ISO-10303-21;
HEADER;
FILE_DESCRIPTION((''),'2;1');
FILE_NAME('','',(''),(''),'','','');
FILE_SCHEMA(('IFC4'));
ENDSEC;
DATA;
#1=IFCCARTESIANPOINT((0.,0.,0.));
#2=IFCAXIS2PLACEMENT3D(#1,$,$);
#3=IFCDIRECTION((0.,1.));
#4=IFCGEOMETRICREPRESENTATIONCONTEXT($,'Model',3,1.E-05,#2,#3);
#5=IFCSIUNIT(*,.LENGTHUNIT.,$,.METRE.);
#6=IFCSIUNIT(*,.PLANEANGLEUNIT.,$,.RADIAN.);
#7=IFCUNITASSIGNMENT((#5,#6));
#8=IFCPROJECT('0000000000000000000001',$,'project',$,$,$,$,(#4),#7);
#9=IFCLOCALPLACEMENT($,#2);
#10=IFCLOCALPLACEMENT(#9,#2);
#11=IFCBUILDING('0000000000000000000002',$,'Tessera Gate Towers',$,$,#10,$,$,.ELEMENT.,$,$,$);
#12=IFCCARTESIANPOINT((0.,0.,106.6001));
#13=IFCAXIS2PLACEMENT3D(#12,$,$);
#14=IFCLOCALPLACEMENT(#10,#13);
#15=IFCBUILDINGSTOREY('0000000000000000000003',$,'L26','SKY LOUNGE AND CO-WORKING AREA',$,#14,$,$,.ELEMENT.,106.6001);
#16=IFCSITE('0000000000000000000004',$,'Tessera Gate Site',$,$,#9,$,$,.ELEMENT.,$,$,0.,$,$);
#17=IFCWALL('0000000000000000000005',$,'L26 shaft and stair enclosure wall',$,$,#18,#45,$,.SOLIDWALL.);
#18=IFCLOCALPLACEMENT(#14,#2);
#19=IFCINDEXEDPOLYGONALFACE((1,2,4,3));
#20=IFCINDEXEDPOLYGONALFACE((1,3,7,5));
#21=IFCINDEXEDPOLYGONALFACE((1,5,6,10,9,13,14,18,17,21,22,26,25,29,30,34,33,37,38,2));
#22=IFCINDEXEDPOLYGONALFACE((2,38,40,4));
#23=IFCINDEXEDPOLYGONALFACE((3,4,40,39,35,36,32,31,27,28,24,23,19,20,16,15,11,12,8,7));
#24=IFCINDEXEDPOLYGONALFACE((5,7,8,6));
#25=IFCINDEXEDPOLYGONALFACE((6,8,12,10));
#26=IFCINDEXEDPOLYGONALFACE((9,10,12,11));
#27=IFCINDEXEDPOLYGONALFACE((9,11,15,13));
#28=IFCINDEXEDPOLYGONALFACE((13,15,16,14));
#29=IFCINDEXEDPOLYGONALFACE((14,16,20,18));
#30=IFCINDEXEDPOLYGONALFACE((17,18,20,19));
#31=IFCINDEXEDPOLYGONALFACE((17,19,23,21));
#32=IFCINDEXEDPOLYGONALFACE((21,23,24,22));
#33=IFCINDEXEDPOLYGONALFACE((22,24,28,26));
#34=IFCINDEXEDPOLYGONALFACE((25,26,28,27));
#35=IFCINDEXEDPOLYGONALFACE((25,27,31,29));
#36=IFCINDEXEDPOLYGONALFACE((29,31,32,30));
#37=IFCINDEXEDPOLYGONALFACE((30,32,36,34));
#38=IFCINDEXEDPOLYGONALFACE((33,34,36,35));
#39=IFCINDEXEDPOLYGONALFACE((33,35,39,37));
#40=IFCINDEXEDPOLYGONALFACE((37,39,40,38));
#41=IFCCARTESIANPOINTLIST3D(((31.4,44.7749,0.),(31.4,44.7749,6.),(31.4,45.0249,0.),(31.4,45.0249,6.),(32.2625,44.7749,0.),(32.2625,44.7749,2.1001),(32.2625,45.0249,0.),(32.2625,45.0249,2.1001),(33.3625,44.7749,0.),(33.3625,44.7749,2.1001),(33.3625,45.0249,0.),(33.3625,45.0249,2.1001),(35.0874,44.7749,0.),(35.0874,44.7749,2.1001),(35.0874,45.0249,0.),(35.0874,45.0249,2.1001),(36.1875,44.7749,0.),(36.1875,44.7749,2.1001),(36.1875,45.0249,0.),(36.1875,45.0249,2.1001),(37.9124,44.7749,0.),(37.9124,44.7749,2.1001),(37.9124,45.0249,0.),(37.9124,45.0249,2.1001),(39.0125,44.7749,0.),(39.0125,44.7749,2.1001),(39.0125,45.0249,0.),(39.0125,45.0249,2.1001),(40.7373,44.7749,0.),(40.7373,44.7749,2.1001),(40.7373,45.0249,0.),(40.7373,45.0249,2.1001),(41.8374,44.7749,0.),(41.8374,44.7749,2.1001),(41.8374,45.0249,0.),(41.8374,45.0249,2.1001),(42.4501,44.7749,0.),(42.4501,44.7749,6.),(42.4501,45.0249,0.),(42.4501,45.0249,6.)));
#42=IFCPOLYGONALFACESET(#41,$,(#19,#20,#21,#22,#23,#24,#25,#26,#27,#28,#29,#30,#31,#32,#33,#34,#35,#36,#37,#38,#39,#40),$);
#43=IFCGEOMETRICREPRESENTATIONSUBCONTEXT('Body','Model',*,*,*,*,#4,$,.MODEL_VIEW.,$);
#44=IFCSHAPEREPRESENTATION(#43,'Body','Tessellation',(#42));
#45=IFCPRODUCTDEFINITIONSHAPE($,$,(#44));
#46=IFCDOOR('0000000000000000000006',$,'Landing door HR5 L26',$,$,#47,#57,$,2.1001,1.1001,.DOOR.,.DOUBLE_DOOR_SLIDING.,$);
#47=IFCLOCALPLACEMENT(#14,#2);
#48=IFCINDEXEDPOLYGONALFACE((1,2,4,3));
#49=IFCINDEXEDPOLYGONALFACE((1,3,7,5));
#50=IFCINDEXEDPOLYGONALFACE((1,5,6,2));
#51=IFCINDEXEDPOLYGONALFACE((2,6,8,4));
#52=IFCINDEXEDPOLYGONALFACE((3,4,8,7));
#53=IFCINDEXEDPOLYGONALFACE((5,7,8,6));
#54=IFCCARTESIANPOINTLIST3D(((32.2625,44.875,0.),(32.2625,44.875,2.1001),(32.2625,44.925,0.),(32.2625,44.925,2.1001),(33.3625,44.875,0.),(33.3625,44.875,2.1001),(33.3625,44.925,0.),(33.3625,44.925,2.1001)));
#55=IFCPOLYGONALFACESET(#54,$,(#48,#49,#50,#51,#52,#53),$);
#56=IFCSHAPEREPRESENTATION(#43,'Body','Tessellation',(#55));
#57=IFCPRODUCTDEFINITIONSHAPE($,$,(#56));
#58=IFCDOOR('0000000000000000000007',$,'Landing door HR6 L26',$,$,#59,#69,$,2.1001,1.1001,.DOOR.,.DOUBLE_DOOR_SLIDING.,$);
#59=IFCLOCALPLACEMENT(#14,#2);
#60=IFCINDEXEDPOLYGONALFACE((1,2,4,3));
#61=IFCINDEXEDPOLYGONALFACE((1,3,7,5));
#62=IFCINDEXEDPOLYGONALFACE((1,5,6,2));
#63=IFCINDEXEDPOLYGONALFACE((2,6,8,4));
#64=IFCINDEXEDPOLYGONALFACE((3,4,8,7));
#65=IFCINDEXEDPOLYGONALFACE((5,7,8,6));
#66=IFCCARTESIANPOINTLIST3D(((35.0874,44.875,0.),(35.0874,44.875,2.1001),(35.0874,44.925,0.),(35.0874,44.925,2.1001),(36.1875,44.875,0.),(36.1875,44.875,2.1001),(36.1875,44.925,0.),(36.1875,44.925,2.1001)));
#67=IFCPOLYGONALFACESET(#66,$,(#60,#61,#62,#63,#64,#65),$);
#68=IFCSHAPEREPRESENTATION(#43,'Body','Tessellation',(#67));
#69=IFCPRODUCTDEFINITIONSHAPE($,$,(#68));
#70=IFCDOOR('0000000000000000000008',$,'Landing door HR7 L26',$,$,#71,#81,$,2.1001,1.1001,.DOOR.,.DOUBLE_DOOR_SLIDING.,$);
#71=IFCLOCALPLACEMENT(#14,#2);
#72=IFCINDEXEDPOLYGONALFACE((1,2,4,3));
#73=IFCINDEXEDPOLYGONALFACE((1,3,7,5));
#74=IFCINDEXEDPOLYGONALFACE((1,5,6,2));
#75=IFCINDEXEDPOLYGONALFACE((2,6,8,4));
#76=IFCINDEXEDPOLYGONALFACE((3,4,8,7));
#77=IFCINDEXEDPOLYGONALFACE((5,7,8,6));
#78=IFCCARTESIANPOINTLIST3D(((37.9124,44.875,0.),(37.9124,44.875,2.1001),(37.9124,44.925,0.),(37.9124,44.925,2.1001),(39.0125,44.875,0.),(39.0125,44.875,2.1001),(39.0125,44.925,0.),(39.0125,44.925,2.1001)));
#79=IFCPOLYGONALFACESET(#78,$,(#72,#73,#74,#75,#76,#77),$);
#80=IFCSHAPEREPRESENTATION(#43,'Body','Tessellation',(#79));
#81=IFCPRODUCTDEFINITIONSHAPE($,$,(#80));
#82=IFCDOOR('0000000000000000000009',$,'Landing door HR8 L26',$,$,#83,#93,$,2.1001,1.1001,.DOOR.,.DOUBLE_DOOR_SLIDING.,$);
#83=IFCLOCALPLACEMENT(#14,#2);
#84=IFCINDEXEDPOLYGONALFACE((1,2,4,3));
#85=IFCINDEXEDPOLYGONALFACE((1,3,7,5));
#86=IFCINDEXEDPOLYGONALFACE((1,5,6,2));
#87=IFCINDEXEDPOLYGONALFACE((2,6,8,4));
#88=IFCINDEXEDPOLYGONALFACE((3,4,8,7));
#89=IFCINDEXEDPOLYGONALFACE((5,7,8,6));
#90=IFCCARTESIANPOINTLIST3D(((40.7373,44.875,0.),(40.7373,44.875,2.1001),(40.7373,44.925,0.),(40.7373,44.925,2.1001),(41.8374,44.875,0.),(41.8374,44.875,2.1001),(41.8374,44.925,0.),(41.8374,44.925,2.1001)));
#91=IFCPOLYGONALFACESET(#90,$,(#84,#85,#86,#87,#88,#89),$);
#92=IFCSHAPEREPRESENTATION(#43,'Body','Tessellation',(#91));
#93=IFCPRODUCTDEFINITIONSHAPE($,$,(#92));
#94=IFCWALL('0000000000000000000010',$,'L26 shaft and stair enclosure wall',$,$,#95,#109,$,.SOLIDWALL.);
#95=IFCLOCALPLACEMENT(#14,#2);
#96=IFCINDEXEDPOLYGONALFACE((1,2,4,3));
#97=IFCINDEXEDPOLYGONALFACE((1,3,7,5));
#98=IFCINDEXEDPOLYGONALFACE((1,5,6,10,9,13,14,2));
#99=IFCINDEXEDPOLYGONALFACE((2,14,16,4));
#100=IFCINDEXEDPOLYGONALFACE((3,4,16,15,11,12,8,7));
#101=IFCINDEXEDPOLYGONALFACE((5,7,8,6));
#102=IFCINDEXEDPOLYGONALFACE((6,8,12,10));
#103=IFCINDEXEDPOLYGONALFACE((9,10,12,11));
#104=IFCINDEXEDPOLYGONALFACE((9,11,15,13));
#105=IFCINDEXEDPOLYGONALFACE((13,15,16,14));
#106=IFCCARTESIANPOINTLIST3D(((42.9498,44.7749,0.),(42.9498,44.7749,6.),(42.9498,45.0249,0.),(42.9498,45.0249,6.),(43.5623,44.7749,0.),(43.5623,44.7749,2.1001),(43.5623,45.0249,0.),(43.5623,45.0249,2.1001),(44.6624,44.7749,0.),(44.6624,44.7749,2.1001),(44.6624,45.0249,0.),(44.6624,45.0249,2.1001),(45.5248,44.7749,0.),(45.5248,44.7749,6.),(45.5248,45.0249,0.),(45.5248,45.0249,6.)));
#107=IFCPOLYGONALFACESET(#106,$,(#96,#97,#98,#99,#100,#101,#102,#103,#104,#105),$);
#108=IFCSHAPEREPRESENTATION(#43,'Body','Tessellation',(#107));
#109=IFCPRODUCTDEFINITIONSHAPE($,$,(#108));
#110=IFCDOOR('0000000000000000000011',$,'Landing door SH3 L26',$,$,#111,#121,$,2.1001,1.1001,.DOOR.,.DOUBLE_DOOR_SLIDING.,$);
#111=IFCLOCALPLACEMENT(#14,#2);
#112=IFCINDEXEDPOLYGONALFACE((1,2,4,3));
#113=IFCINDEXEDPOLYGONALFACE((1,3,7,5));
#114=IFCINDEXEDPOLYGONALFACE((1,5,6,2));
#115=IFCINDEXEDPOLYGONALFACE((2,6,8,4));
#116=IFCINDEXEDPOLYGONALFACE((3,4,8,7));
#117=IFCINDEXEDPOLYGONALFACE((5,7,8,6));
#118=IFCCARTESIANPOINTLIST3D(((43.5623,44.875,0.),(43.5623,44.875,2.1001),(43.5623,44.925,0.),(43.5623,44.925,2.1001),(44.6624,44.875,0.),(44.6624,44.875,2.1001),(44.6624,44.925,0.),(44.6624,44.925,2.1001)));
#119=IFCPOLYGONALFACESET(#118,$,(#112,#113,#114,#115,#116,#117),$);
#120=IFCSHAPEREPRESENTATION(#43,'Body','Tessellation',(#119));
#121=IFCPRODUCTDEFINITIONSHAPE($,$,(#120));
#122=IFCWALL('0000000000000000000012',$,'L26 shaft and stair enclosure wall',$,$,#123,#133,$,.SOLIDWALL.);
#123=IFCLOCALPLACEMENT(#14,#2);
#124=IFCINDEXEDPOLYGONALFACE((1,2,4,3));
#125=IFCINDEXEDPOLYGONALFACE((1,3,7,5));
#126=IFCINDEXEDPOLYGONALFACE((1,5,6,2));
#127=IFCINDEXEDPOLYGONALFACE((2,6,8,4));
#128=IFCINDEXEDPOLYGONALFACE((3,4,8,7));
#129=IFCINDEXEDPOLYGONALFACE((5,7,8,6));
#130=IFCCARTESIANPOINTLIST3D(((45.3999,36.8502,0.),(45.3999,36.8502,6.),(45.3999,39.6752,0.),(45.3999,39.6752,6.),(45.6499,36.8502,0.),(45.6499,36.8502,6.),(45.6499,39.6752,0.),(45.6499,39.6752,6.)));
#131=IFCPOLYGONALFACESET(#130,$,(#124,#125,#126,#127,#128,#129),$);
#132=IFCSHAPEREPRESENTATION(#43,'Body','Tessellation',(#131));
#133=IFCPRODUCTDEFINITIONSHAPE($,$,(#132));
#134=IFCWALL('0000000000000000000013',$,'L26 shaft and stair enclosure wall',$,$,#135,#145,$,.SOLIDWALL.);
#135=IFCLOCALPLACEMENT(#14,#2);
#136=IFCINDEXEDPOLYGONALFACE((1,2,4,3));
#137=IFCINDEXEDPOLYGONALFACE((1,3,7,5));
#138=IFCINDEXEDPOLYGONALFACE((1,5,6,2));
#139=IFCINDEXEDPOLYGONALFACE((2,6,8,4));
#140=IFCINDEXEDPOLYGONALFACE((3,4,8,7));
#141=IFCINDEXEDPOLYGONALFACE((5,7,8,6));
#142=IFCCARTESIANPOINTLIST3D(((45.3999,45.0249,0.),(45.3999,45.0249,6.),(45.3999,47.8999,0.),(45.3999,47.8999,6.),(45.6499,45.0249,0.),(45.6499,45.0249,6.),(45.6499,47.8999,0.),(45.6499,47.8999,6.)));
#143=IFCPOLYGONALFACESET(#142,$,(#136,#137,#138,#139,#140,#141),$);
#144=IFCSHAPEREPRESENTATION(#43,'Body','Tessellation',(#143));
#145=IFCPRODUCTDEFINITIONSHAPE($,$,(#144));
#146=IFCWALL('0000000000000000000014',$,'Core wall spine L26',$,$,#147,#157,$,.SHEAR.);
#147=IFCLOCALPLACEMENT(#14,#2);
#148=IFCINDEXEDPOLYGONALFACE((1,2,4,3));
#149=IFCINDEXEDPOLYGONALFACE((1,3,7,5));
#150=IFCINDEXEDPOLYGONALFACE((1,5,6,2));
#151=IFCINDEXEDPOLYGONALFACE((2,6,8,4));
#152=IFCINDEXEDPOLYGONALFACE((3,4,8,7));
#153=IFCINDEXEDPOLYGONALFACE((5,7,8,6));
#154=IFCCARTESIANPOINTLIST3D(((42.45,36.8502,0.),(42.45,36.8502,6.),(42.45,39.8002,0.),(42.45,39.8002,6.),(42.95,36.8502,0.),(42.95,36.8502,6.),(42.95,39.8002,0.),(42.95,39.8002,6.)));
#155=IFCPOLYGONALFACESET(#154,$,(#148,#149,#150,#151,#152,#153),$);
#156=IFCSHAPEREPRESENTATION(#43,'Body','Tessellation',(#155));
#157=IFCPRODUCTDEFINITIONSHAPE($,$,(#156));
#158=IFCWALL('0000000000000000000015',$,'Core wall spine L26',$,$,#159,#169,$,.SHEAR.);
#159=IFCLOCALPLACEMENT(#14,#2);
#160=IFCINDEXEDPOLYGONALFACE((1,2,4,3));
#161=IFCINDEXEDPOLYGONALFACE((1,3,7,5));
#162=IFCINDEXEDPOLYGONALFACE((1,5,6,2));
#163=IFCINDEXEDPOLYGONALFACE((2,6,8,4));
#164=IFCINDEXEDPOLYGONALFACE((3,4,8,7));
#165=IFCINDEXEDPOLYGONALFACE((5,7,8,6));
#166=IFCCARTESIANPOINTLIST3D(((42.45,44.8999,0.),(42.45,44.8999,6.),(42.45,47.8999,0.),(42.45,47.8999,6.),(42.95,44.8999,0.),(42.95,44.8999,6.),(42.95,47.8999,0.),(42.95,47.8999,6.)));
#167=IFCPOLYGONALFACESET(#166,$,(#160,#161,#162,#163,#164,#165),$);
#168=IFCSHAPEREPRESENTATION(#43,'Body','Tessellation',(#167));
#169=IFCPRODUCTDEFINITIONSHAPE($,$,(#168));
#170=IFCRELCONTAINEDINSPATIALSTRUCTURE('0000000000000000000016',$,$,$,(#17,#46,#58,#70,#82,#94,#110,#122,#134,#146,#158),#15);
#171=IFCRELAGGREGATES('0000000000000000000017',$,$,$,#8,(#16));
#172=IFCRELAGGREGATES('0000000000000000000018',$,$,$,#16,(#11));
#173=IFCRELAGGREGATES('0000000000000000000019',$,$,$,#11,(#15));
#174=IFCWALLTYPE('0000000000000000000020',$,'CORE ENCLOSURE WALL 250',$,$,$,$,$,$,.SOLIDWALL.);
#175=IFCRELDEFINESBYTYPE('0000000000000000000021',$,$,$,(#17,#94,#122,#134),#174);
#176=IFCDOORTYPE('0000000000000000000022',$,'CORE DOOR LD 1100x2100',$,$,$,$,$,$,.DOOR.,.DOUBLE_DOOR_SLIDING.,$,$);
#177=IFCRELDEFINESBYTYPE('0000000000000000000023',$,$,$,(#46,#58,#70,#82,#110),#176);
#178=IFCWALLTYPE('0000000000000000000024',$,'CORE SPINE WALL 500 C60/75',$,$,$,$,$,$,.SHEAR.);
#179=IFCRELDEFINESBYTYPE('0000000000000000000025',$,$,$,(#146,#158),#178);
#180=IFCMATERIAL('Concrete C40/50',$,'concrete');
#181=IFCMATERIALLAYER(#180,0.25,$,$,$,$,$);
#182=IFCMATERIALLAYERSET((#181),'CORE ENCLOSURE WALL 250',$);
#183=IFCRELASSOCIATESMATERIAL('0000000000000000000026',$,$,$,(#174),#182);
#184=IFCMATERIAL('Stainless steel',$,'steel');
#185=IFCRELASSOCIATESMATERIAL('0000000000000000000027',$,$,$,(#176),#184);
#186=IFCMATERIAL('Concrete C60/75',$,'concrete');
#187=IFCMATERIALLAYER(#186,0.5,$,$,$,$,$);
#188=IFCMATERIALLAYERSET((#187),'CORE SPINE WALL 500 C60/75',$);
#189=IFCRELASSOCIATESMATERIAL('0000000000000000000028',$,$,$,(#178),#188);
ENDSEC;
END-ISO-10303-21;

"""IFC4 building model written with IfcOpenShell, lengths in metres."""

from ifc_helpers import new_model, si_unit, direction, frame, frame_2d, origin, place, context, subcontext, project, spatial, rectangle, extrude, source, transform, mapped, material, layer, layer_set, type_object, element, fill, save


model = new_model("IFC4")

# Units and contexts
model_context = context("Model", 3, precision=1e-05, world=origin(), true_north=direction((0.0, 1.0)))
body_context = subcontext(model_context, "Body", "Model", "MODEL_VIEW")
ifc_project = project(units=[si_unit("LENGTHUNIT", "METRE"), si_unit("PLANEANGLEUNIT", "RADIAN")], contexts=[model_context])

# Site, building, storey
site_placement = place(None, origin())
site = spatial("IfcSite", under=ifc_project, at=site_placement, Name="Tessera Gate Site", CompositionType="ELEMENT", RefElevation=0.0)
building_placement = place(site_placement, origin())
building = spatial("IfcBuilding", under=site, at=building_placement, Name="Tessera Gate Towers", CompositionType="ELEMENT")
storey_placement = place(building_placement, frame((0.0, 0.0, 106.6001)))
storey = spatial("IfcBuildingStorey", under=building, at=storey_placement, Name="L26", Description="SKY LOUNGE AND CO-WORKING AREA", CompositionType="ELEMENT", Elevation=106.6001)

# Shared definitions
ifc_material_1 = material(Name="Concrete C40/50", Category="concrete")
ifc_layer_1 = layer(ifc_material_1, 0.25)
ifc_layer_set_1 = layer_set([ifc_layer_1], Name="CORE ENCLOSURE WALL 250")
wall_type_1 = type_object("IfcWallType", Name="CORE ENCLOSURE WALL 250", PredefinedType="SOLIDWALL", material=ifc_layer_set_1)

# Shared definitions
shared_shape_1 = source(origin(), body_context, "Body", "SweptSolid", [
    extrude(rectangle(XDim=1.1001, YDim=2.1001, at=frame_2d((0.55, 1.05))), frame((0.0, 0.135, 0.0), z_axis=(0.0, -1.0, 0.0), x_axis=(1.0, 0.0, 0.0)), (0.0, 0.0, 1.0), 0.27),
])
ifc_material_2 = material(Name="Stainless steel", Category="steel")
door_type_1 = type_object("IfcDoorType", Name="CORE DOOR LD 1100x2100", OperationType="DOUBLE_DOOR_SLIDING", PredefinedType="DOOR", material=ifc_material_2)
shared_shape_2 = source(origin(), body_context, "Body", "SweptSolid", [
    extrude(rectangle(XDim=1.1001, YDim=2.1001, at=frame_2d((0.55, 1.05))), frame((0.0, 0.0249, 0.0), z_axis=(0.0, -1.0, 0.0), x_axis=(1.0, 0.0, 0.0)), (0.0, 0.0, 1.0), 0.05),
])

# Wall, openings, doors
wall_1_placement = place(storey_placement, frame((42.45, 44.8999, 0.0), z_axis=(0.0, 0.0, 1.0), x_axis=(-1.0, 0.0, 0.0)))
wall_1 = element("IfcWall", 1, at=wall_1_placement, inside=storey, type_object=wall_type_1, Name="L26 shaft and stair enclosure wall", PredefinedType="SOLIDWALL", context=body_context, shape_type="SweptSolid", body=[
    extrude(rectangle(XDim=11.05, YDim=0.25, at=frame_2d((5.5249, 0.0))), origin(), (0.0, 0.0, 1.0), 6.0),
])
opening_1_placement = place(wall_1_placement, frame((9.0874, 0.0, 0.0)))
opening_1 = element("IfcOpeningElement", 2, at=opening_1_placement, cuts=wall_1, PredefinedType="OPENING", context=body_context, shape_type="MappedRepresentation", body=[
    mapped(shared_shape_1, transform((0.0, 0.0, 0.0), scale=1.0)),
])
opening_2_placement = place(wall_1_placement, frame((6.2625, 0.0, 0.0)))
opening_2 = element("IfcOpeningElement", 3, at=opening_2_placement, cuts=wall_1, PredefinedType="OPENING", context=body_context, shape_type="MappedRepresentation", body=[
    mapped(shared_shape_1, transform((0.0, 0.0, 0.0), scale=1.0)),
])
opening_3_placement = place(wall_1_placement, frame((3.4375, 0.0, 0.0)))
opening_3 = element("IfcOpeningElement", 4, at=opening_3_placement, cuts=wall_1, PredefinedType="OPENING", context=body_context, shape_type="MappedRepresentation", body=[
    mapped(shared_shape_1, transform((0.0, 0.0, 0.0), scale=1.0)),
])
opening_4_placement = place(wall_1_placement, frame((0.6125, 0.0, 0.0)))
opening_4 = element("IfcOpeningElement", 5, at=opening_4_placement, cuts=wall_1, PredefinedType="OPENING", context=body_context, shape_type="MappedRepresentation", body=[
    mapped(shared_shape_1, transform((0.0, 0.0, 0.0), scale=1.0)),
])
door_1_placement = place(opening_1_placement, origin())
door_1 = element("IfcDoor", 6, at=door_1_placement, inside=storey, type_object=door_type_1, Name="Landing door HR5 L26", OperationType="DOUBLE_DOOR_SLIDING", OverallHeight=2.1001, OverallWidth=1.1001, PredefinedType="DOOR", context=body_context, shape_type="MappedRepresentation", body=[
    mapped(shared_shape_2, transform((0.0, 0.0, 0.0), scale=1.0)),
])
fill(opening_1, door_1)
door_2_placement = place(opening_2_placement, origin())
door_2 = element("IfcDoor", 7, at=door_2_placement, inside=storey, type_object=door_type_1, Name="Landing door HR6 L26", OperationType="DOUBLE_DOOR_SLIDING", OverallHeight=2.1001, OverallWidth=1.1001, PredefinedType="DOOR", context=body_context, shape_type="MappedRepresentation", body=[
    mapped(shared_shape_2, transform((0.0, 0.0, 0.0), scale=1.0)),
])
fill(opening_2, door_2)
door_3_placement = place(opening_3_placement, origin())
door_3 = element("IfcDoor", 8, at=door_3_placement, inside=storey, type_object=door_type_1, Name="Landing door HR7 L26", OperationType="DOUBLE_DOOR_SLIDING", OverallHeight=2.1001, OverallWidth=1.1001, PredefinedType="DOOR", context=body_context, shape_type="MappedRepresentation", body=[
    mapped(shared_shape_2, transform((0.0, 0.0, 0.0), scale=1.0)),
])
fill(opening_3, door_3)
door_4_placement = place(opening_4_placement, origin())
door_4 = element("IfcDoor", 9, at=door_4_placement, inside=storey, type_object=door_type_1, Name="Landing door HR8 L26", OperationType="DOUBLE_DOOR_SLIDING", OverallHeight=2.1001, OverallWidth=1.1001, PredefinedType="DOOR", context=body_context, shape_type="MappedRepresentation", body=[
    mapped(shared_shape_2, transform((0.0, 0.0, 0.0), scale=1.0)),
])
fill(opening_4, door_4)

# Wall, opening, door
wall_2_placement = place(storey_placement, frame((45.5249, 44.8999, 0.0), z_axis=(0.0, 0.0, 1.0), x_axis=(-1.0, 0.0, 0.0)))
wall_2 = element("IfcWall", 10, at=wall_2_placement, inside=storey, type_object=wall_type_1, Name="L26 shaft and stair enclosure wall", PredefinedType="SOLIDWALL", context=body_context, shape_type="SweptSolid", body=[
    extrude(rectangle(XDim=2.575, YDim=0.25, at=frame_2d((1.2876, 0.0))), origin(), (0.0, 0.0, 1.0), 6.0),
])
opening_5_placement = place(wall_2_placement, frame((0.8625, 0.0, 0.0)))
opening_5 = element("IfcOpeningElement", 11, at=opening_5_placement, cuts=wall_2, PredefinedType="OPENING", context=body_context, shape_type="MappedRepresentation", body=[
    mapped(shared_shape_1, transform((0.0, 0.0, 0.0), scale=1.0)),
])
door_5_placement = place(opening_5_placement, origin())
door_5 = element("IfcDoor", 12, at=door_5_placement, inside=storey, type_object=door_type_1, Name="Landing door SH3 L26", OperationType="DOUBLE_DOOR_SLIDING", OverallHeight=2.1001, OverallWidth=1.1001, PredefinedType="DOOR", context=body_context, shape_type="MappedRepresentation", body=[
    mapped(shared_shape_2, transform((0.0, 0.0, 0.0), scale=1.0)),
])
fill(opening_5, door_5)

# Walls
wall_3_placement = place(storey_placement, frame((45.5249, 36.8501, 0.0), z_axis=(0.0, 0.0, 1.0), x_axis=(0.0, 1.0, 0.0)))
element("IfcWall", 13, at=wall_3_placement, inside=storey, type_object=wall_type_1, Name="L26 shaft and stair enclosure wall", PredefinedType="SOLIDWALL", context=body_context, shape_type="SweptSolid", body=[
    extrude(rectangle(XDim=2.825, YDim=0.25, at=frame_2d((1.4126, 0.0))), origin(), (0.0, 0.0, 1.0), 6.0),
])
wall_4_placement = place(storey_placement, frame((45.5249, 45.0249, 0.0), z_axis=(0.0, 0.0, 1.0), x_axis=(0.0, 1.0, 0.0)))
element("IfcWall", 14, at=wall_4_placement, inside=storey, type_object=wall_type_1, Name="L26 shaft and stair enclosure wall", PredefinedType="SOLIDWALL", context=body_context, shape_type="SweptSolid", body=[
    extrude(rectangle(XDim=2.875, YDim=0.25, at=frame_2d((1.4375, 0.0))), origin(), (0.0, 0.0, 1.0), 6.0),
])
ifc_material_3 = material(Name="Concrete C60/75", Category="concrete")
ifc_layer_2 = layer(ifc_material_3, 0.5)
ifc_layer_set_2 = layer_set([ifc_layer_2], Name="CORE SPINE WALL 500 C60/75")
wall_type_2 = type_object("IfcWallType", Name="CORE SPINE WALL 500 C60/75", PredefinedType="SHEAR", material=ifc_layer_set_2)
wall_5_placement = place(storey_placement, frame((42.7, 36.8501, 0.0), z_axis=(0.0, 0.0, 1.0), x_axis=(0.0, 1.0, 0.0)))
element("IfcWall", 15, at=wall_5_placement, inside=storey, type_object=wall_type_2, Name="Core wall spine L26", PredefinedType="SHEAR", context=body_context, shape_type="SweptSolid", body=[
    extrude(rectangle(XDim=2.95, YDim=0.5, at=frame_2d((1.4751, 0.0))), origin(), (0.0, 0.0, 1.0), 6.0),
])
wall_6_placement = place(storey_placement, frame((42.7, 44.8999, 0.0), z_axis=(0.0, 0.0, 1.0), x_axis=(0.0, 1.0, 0.0)))
element("IfcWall", 16, at=wall_6_placement, inside=storey, type_object=wall_type_2, Name="Core wall spine L26", PredefinedType="SHEAR", context=body_context, shape_type="SweptSolid", body=[
    extrude(rectangle(XDim=3.0, YDim=0.5, at=frame_2d((1.5, 0.0))), origin(), (0.0, 0.0, 1.0), 6.0),
])

save(model, "model.ifc")
